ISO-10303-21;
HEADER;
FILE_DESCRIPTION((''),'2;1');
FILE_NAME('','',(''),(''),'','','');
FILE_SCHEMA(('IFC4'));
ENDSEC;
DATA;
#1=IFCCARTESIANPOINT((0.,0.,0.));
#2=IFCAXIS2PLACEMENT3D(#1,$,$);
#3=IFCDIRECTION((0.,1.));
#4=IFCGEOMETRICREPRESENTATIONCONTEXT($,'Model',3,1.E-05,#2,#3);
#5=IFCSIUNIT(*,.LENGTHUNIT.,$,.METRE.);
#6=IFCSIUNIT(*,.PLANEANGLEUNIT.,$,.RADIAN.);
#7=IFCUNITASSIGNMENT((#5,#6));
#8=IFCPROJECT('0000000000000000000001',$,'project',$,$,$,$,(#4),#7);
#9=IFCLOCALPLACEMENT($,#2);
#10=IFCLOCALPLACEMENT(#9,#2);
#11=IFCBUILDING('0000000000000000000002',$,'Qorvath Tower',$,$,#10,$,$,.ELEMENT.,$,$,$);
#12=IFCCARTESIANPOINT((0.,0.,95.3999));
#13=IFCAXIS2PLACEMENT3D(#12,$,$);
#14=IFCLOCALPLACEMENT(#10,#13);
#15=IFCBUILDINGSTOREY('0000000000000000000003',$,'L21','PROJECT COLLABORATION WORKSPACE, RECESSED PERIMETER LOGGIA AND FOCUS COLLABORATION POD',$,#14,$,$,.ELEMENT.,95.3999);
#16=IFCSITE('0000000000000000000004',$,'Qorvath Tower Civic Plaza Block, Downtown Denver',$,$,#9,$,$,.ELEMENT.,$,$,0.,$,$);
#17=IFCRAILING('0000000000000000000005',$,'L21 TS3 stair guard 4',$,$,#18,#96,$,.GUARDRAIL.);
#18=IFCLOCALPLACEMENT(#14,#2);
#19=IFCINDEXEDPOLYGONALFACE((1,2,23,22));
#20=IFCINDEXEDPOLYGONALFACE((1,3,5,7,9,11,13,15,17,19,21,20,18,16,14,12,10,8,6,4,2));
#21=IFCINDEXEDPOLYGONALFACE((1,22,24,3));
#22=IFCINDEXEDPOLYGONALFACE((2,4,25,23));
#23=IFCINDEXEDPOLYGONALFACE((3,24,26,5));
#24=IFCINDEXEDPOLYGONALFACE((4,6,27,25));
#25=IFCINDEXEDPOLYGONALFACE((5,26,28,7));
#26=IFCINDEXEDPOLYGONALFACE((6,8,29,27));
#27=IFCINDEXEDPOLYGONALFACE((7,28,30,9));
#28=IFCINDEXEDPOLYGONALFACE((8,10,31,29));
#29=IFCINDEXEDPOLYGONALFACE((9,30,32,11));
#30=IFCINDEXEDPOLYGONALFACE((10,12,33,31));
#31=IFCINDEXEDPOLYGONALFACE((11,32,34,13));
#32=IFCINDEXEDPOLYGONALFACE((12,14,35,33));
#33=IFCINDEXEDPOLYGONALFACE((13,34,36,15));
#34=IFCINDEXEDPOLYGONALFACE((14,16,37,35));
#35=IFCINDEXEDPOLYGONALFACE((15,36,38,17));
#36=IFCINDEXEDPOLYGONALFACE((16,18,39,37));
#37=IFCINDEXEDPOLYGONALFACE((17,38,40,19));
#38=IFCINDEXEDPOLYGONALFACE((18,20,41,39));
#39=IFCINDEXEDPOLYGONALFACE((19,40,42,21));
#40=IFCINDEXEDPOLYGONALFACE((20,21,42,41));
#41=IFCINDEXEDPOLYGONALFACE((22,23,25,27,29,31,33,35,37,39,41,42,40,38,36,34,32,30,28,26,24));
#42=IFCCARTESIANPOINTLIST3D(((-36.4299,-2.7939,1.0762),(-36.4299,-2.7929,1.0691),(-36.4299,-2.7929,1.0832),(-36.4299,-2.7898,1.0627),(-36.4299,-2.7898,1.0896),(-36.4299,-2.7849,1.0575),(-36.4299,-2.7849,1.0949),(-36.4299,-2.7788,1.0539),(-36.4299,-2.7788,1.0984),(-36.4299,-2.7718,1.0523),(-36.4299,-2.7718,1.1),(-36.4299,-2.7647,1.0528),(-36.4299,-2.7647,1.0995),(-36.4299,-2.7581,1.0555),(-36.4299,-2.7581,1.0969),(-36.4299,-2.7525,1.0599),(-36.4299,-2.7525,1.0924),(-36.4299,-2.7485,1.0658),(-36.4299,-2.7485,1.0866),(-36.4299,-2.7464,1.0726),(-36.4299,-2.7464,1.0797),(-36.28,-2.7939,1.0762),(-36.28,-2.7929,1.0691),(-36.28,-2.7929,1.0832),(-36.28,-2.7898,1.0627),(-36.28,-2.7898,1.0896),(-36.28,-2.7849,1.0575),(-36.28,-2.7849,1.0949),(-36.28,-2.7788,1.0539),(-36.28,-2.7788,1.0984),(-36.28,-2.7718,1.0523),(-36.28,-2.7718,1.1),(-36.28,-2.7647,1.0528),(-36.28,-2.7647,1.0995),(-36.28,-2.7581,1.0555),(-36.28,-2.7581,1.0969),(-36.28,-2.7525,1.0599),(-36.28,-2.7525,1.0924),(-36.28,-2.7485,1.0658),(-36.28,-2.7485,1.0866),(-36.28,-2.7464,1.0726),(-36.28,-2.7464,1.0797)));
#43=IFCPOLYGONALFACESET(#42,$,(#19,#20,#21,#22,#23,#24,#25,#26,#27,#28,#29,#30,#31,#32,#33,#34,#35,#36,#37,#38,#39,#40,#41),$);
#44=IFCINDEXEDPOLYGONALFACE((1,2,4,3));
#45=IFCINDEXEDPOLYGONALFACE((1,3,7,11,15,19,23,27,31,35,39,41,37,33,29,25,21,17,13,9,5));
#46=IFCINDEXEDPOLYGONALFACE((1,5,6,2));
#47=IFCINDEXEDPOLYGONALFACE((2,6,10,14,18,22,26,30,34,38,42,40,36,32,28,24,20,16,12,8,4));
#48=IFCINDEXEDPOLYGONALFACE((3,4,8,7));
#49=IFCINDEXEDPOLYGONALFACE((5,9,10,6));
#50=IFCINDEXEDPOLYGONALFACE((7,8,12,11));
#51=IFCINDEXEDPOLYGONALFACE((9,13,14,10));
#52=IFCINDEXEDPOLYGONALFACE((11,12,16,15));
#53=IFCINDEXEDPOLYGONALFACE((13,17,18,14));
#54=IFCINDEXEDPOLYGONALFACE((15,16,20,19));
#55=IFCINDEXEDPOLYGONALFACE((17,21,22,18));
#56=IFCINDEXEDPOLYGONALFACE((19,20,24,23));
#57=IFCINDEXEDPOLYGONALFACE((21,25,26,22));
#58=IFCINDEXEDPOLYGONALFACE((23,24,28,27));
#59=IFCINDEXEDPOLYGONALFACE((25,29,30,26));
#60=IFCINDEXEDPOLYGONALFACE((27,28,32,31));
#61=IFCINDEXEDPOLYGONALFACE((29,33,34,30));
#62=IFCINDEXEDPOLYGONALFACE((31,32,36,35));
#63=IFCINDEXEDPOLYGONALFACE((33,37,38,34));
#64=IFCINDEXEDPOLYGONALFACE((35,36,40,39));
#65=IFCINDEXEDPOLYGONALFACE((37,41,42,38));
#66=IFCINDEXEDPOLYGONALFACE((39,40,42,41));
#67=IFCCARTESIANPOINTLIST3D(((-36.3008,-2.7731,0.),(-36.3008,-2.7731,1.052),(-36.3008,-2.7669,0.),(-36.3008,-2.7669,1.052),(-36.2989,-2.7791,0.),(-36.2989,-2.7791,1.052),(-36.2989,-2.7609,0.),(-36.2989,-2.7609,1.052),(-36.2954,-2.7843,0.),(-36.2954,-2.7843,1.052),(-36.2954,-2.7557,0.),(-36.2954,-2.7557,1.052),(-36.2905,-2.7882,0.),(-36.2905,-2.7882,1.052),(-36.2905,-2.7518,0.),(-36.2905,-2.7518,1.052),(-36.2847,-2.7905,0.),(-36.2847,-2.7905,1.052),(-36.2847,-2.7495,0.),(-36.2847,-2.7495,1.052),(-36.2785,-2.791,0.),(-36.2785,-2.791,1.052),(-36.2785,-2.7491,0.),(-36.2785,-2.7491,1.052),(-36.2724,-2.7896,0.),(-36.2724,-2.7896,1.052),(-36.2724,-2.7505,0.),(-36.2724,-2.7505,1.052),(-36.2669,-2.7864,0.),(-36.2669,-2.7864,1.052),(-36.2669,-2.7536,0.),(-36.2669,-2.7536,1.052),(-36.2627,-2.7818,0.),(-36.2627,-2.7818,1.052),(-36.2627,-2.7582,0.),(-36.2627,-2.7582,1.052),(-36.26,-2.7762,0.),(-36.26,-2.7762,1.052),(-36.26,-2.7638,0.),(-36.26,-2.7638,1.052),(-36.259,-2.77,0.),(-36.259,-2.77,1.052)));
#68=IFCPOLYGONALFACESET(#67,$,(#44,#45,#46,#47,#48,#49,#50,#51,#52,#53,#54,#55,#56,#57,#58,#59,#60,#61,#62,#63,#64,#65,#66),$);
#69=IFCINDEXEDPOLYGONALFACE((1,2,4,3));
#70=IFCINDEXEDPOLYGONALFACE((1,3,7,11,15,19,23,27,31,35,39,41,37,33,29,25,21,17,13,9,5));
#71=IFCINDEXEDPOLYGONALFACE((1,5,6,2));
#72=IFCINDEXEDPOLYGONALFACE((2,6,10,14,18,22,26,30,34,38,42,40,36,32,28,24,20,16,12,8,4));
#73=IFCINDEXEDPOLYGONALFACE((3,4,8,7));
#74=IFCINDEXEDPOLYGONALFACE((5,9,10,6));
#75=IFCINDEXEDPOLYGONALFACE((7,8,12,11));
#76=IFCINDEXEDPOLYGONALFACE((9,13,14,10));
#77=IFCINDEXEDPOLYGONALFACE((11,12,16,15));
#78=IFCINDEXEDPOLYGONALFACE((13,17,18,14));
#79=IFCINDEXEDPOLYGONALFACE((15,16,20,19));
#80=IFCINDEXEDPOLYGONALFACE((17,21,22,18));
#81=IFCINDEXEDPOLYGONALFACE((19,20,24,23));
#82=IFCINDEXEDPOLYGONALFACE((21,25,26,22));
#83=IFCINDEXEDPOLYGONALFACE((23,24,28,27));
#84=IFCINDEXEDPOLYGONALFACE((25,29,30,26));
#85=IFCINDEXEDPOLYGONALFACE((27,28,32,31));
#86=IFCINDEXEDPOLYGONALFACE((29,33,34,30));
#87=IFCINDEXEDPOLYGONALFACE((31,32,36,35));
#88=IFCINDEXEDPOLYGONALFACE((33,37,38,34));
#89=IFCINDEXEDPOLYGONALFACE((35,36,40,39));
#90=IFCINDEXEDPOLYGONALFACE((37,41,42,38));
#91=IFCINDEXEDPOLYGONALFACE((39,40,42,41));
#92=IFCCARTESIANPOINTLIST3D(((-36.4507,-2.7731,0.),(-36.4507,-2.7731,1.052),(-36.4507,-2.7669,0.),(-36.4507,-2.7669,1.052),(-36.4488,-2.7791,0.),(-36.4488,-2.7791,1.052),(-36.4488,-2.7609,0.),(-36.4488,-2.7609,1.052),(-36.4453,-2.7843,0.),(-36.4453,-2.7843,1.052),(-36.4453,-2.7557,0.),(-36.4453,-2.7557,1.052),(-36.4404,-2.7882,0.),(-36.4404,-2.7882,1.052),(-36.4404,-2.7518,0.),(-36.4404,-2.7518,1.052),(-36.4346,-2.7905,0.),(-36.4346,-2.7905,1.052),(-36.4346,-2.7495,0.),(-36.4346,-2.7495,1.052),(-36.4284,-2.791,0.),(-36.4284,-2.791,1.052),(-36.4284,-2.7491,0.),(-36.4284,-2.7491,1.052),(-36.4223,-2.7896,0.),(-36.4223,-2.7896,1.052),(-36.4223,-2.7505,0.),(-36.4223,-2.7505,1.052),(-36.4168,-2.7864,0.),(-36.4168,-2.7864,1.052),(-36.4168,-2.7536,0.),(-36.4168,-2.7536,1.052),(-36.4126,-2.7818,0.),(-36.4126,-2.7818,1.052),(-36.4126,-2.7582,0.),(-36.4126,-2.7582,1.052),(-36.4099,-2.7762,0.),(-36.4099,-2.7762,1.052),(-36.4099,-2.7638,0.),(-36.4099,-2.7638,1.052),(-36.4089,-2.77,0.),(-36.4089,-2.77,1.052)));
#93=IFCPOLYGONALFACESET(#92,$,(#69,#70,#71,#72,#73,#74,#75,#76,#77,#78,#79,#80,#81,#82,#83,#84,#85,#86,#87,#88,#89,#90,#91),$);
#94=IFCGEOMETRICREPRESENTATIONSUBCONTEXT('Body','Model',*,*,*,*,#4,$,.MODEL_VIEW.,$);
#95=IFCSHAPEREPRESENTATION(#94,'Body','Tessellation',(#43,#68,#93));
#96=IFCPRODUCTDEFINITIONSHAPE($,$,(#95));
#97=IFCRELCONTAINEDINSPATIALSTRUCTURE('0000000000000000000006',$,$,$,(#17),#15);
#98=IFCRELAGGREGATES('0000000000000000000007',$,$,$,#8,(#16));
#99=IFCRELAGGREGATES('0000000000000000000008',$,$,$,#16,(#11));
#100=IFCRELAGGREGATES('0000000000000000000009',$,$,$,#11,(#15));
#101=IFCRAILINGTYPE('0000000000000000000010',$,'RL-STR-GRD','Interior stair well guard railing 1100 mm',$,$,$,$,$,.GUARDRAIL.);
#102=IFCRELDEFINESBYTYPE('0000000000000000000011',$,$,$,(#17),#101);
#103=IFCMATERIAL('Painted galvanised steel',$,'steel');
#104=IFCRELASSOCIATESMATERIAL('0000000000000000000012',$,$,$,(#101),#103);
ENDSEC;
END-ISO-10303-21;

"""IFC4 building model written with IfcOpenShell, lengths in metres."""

from ifc_helpers import new_model, si_unit, direction, frame, origin, origin_2d, place, context, subcontext, project, spatial, circle, extrude, material, type_object, element, save


model = new_model("IFC4")

# Units and contexts
model_context = context("Model", 3, precision=1e-05, world=origin(), true_north=direction((0.0, 1.0)))
body_context = subcontext(model_context, "Body", "Model", "MODEL_VIEW")
ifc_project = project(units=[si_unit("LENGTHUNIT", "METRE"), si_unit("PLANEANGLEUNIT", "RADIAN")], contexts=[model_context])

# Site, building, storey
site_placement = place(None, origin())
site = spatial("IfcSite", under=ifc_project, at=site_placement, Name="Qorvath Tower Civic Plaza Block, Downtown Denver", CompositionType="ELEMENT", RefElevation=0.0)
building_placement = place(site_placement, origin())
building = spatial("IfcBuilding", under=site, at=building_placement, Name="Qorvath Tower", CompositionType="ELEMENT")
storey_placement = place(building_placement, frame((0.0, 0.0, 95.3999)))
storey = spatial("IfcBuildingStorey", under=building, at=storey_placement, Name="L21", Description="PROJECT COLLABORATION WORKSPACE, RECESSED PERIMETER LOGGIA AND FOCUS COLLABORATION POD", CompositionType="ELEMENT", Elevation=95.3999)

# Railing
ifc_material_1 = material(Name="Painted galvanised steel", Category="steel")
railing_type_1 = type_object("IfcRailingType", Name="RL-STR-GRD", Description="Interior stair well guard railing 1100 mm", PredefinedType="GUARDRAIL", material=ifc_material_1)
railing_1_placement = place(storey_placement, frame((-36.28, -2.77, 0.0)))
element("IfcRailing", 1, at=railing_1_placement, inside=storey, type_object=railing_type_1, Name="L21 TS3 stair guard 4", PredefinedType="GUARDRAIL", context=body_context, shape_type="SweptSolid", body=[
    extrude(circle(Radius=0.0239, at=origin_2d()), frame((0.0, 0.0, 1.0762), z_axis=(-1.0, 0.0, 0.0), x_axis=(0.0, -1.0, 0.0)), (0.0, 0.0, 1.0), 0.1499),
    extrude(circle(Radius=0.021, at=origin_2d()), origin(), (0.0, 0.0, 1.0), 1.052),
    extrude(circle(Radius=0.021, at=origin_2d()), frame((-0.1499, 0.0, 0.0)), (0.0, 0.0, 1.0), 1.052),
])

save(model, "model.ifc")
